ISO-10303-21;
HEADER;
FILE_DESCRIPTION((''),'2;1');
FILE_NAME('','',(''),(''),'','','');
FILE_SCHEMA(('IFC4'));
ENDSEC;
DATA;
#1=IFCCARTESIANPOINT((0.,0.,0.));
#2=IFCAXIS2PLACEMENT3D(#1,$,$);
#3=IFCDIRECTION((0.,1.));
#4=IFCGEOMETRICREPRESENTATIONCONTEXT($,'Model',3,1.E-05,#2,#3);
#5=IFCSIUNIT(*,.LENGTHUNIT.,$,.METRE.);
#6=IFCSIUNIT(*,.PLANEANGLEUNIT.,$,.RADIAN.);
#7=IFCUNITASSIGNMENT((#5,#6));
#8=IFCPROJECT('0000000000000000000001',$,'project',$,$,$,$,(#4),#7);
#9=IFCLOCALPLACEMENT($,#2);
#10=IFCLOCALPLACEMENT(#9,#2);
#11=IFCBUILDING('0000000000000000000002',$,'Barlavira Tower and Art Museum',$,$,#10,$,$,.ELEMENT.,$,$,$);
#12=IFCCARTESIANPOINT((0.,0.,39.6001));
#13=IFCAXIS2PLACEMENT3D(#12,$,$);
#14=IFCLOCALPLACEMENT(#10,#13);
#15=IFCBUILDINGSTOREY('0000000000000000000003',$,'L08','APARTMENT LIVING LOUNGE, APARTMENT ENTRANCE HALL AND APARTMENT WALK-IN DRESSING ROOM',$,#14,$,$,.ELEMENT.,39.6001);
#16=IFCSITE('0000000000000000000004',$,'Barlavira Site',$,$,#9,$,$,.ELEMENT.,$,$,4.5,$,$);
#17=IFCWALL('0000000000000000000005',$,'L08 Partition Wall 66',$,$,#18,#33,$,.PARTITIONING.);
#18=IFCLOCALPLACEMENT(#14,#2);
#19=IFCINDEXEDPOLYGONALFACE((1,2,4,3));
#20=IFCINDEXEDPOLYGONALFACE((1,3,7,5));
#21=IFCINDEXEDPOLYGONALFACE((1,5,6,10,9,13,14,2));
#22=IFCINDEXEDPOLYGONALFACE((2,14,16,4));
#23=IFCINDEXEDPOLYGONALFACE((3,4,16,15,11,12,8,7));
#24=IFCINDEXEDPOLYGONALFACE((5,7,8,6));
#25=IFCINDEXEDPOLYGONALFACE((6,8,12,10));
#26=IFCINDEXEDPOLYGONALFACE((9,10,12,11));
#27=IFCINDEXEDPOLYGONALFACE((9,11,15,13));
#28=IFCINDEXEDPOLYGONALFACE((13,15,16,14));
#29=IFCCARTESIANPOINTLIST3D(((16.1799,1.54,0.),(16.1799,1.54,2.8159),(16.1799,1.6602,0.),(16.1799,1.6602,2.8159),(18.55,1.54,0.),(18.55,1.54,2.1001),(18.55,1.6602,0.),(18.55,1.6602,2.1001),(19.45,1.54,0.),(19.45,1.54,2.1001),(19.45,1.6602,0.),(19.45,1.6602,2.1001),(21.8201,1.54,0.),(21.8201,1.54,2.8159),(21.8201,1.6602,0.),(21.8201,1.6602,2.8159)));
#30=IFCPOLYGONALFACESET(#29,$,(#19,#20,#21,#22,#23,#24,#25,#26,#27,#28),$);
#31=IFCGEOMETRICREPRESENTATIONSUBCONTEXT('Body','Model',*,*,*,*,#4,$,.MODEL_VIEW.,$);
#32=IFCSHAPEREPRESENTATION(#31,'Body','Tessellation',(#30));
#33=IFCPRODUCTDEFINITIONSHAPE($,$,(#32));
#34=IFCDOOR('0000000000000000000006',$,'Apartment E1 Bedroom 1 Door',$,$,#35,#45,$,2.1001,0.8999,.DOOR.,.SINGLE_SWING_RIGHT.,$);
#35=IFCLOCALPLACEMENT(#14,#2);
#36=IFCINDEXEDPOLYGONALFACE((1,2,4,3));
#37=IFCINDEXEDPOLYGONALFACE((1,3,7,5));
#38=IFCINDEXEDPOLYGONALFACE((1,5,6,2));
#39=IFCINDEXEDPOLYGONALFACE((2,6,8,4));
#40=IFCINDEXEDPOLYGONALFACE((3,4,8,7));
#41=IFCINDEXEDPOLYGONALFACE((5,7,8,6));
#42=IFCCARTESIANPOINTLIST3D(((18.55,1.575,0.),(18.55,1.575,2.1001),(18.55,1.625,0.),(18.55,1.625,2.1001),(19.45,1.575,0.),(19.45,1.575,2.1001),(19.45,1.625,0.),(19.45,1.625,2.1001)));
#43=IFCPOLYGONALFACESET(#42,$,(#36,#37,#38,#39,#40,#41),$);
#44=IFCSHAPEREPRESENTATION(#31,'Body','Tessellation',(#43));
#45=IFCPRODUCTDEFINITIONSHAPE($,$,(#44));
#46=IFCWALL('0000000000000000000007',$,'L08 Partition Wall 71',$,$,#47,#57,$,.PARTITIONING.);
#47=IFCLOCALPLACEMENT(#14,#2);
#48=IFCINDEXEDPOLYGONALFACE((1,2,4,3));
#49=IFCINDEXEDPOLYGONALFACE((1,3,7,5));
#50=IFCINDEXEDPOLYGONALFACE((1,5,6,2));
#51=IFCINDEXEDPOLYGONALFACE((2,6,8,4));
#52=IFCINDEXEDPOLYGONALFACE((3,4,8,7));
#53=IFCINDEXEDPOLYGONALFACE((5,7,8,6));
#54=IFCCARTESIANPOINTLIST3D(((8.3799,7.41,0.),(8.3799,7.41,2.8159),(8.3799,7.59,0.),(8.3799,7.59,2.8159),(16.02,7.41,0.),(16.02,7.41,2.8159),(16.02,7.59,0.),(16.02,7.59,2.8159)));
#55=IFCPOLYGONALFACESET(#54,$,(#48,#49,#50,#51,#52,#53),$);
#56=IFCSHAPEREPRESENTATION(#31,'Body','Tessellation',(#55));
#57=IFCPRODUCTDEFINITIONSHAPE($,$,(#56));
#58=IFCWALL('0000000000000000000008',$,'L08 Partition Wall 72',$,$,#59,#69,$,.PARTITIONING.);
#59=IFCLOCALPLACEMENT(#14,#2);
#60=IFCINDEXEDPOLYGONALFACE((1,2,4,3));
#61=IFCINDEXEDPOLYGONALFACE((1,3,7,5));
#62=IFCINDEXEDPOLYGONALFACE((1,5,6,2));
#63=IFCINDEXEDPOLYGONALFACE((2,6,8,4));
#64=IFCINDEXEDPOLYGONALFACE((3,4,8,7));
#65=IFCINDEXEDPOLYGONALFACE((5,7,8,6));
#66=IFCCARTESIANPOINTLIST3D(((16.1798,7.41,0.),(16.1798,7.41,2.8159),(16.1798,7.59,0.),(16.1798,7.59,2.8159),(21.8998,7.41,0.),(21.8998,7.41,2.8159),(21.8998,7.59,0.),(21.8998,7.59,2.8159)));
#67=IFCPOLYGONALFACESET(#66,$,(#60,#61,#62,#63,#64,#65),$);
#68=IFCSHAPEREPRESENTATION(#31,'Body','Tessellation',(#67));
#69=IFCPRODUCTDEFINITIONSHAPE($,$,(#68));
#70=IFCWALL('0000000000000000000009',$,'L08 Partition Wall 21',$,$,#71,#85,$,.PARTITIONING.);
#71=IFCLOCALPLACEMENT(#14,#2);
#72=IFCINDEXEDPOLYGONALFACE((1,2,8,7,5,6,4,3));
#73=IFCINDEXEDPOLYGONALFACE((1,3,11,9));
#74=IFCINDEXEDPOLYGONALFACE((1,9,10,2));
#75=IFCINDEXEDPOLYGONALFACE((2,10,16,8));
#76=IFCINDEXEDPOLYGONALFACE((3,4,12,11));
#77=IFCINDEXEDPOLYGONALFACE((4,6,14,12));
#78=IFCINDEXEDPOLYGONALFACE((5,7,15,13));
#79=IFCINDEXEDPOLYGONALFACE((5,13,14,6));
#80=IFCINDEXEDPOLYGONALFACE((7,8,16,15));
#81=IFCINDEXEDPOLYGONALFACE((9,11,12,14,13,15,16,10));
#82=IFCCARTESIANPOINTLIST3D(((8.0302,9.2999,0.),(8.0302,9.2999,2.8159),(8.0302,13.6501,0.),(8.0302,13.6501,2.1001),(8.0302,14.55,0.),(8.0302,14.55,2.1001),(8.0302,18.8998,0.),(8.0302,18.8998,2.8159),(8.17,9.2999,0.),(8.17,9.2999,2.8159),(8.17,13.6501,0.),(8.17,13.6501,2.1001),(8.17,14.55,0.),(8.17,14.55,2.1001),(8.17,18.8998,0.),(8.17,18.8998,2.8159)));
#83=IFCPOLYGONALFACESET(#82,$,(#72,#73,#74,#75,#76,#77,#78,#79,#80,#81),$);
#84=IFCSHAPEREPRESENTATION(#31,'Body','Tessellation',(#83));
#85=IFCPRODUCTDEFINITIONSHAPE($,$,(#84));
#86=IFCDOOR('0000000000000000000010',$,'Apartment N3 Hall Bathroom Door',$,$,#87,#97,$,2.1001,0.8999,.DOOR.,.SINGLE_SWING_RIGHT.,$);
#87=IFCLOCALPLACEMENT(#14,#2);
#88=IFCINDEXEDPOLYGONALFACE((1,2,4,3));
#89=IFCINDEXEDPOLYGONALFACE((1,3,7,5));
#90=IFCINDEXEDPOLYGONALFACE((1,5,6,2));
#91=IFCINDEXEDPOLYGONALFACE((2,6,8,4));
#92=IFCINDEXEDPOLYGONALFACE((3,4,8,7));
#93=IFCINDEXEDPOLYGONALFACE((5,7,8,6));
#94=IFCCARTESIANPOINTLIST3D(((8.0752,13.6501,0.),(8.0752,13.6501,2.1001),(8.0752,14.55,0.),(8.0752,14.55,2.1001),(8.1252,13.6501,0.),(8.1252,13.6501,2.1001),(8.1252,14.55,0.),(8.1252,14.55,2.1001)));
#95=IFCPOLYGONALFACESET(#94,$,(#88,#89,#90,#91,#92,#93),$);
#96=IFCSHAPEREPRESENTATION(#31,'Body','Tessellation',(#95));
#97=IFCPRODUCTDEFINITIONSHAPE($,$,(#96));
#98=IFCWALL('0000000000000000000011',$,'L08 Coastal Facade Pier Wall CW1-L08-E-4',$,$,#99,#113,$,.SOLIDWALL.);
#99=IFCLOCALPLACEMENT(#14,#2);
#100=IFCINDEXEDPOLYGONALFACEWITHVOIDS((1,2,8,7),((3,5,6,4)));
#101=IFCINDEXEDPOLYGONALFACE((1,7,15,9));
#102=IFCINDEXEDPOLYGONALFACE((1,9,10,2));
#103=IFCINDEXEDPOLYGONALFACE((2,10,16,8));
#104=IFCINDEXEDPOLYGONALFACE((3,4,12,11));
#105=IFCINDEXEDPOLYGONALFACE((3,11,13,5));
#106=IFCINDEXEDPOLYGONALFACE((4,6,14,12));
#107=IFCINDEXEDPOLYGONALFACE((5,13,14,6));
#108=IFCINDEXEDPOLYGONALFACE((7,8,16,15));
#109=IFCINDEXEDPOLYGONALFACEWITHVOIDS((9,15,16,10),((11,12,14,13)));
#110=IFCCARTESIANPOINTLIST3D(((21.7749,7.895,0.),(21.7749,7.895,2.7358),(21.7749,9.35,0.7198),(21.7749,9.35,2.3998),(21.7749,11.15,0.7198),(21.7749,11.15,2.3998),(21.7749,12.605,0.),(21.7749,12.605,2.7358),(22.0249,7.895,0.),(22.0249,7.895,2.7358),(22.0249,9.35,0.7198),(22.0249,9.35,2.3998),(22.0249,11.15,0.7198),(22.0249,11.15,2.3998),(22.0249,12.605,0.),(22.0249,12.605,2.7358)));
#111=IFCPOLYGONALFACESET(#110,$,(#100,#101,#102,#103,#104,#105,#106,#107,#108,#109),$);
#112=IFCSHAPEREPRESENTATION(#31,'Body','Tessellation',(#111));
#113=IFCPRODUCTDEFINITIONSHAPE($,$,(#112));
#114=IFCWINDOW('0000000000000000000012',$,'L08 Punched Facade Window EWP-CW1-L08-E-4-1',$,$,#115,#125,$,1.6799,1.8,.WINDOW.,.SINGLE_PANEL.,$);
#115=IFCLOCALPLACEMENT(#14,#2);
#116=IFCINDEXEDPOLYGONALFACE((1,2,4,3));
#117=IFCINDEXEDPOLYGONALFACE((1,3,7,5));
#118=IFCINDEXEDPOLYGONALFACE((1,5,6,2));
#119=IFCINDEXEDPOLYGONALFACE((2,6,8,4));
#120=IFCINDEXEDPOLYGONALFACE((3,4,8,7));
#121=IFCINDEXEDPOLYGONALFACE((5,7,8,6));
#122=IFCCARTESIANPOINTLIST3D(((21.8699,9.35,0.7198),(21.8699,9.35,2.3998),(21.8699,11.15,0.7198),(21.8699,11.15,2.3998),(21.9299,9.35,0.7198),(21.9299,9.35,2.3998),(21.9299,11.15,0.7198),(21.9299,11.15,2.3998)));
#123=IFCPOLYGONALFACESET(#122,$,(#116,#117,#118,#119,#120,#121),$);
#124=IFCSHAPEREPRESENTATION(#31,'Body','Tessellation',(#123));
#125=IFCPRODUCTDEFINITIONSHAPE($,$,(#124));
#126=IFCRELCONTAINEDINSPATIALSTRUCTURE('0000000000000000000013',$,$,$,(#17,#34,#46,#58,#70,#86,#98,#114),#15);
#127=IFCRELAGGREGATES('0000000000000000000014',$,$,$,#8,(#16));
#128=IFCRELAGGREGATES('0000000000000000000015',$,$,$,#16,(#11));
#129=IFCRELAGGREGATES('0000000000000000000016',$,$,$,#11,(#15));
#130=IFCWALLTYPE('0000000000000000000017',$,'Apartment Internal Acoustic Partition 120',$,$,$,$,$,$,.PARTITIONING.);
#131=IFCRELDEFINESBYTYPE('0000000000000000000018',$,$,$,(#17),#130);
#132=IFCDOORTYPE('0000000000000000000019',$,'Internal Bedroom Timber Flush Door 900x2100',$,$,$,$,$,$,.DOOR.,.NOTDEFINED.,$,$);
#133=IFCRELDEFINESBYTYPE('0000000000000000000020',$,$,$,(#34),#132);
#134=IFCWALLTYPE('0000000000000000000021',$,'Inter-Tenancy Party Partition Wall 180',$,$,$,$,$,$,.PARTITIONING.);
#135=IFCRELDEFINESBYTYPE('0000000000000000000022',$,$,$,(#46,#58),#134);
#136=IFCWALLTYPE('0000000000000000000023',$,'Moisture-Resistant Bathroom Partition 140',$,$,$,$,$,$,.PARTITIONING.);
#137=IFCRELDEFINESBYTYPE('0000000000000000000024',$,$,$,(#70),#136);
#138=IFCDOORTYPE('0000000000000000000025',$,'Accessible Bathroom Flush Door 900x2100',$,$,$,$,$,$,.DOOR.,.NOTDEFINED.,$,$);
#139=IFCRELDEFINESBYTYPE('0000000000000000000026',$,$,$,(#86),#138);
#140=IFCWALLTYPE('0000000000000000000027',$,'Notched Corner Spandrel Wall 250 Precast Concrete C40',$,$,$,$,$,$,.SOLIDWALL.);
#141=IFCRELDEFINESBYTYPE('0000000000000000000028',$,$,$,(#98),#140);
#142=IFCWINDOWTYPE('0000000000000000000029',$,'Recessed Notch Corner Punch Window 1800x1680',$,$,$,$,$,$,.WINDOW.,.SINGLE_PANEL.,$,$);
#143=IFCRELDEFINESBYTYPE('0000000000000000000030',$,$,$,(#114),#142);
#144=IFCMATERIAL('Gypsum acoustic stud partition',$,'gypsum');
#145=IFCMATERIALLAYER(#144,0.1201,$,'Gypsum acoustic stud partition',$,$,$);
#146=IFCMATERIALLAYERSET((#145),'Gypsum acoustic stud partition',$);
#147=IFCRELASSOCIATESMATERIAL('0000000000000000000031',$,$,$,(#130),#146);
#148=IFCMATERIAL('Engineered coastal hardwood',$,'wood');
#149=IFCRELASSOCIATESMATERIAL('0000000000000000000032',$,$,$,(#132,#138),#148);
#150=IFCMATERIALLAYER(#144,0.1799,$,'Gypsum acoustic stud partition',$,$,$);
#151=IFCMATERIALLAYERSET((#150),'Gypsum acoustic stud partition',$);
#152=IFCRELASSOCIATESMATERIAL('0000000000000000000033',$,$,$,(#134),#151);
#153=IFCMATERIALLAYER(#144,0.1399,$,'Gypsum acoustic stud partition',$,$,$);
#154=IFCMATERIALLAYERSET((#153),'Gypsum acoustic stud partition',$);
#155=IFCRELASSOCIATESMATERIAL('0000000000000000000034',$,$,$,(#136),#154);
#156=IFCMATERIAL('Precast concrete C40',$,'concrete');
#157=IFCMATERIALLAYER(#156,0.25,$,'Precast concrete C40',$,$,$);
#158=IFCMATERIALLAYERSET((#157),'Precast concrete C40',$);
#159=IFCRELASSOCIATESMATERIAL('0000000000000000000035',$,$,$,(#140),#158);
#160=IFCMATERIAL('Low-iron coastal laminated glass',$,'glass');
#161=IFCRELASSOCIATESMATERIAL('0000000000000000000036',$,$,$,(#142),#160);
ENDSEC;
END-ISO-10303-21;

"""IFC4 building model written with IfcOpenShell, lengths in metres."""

from ifc_helpers import new_model, si_unit, direction, frame, frame_2d, origin, place, context, subcontext, project, spatial, rectangle, extrude, material, layer, layer_set, type_object, element, fill, save


model = new_model("IFC4")

# Units and contexts
model_context = context("Model", 3, precision=1e-05, world=origin(), true_north=direction((0.0, 1.0)))
body_context = subcontext(model_context, "Body", "Model", "MODEL_VIEW")
ifc_project = project(units=[si_unit("LENGTHUNIT", "METRE"), si_unit("PLANEANGLEUNIT", "RADIAN")], contexts=[model_context])

# Site, building, storey
site_placement = place(None, origin())
site = spatial("IfcSite", under=ifc_project, at=site_placement, Name="Barlavira Site", CompositionType="ELEMENT", RefElevation=4.5)
building_placement = place(site_placement, origin())
building = spatial("IfcBuilding", under=site, at=building_placement, Name="Barlavira Tower and Art Museum", CompositionType="ELEMENT")
storey_placement = place(building_placement, frame((0.0, 0.0, 39.6001)))
storey = spatial("IfcBuildingStorey", under=building, at=storey_placement, Name="L08", Description="APARTMENT LIVING LOUNGE, APARTMENT ENTRANCE HALL AND APARTMENT WALK-IN DRESSING ROOM", CompositionType="ELEMENT", Elevation=39.6001)

# Shared definitions
ifc_material_1 = material(Name="Low-iron coastal laminated glass", Category="glass")

# Shared definitions
ifc_material_2 = material(Name="Gypsum acoustic stud partition", Category="gypsum")
ifc_layer_1 = layer(ifc_material_2, 0.1201, Name="Gypsum acoustic stud partition")
ifc_layer_set_1 = layer_set([ifc_layer_1], Name="Gypsum acoustic stud partition")
wall_type_1 = type_object("IfcWallType", Name="Apartment Internal Acoustic Partition 120", PredefinedType="PARTITIONING", material=ifc_layer_set_1)
ifc_material_3 = material(Name="Engineered coastal hardwood", Category="wood")
door_type_1 = type_object("IfcDoorType", Name="Internal Bedroom Timber Flush Door 900x2100", OperationType="NOTDEFINED", PredefinedType="DOOR", material=ifc_material_3)

# Wall, opening, door
wall_1_placement = place(storey_placement, frame((16.1799, 1.6001, 0.0), z_axis=(0.0, 0.0, 1.0), x_axis=(1.0, 0.0, 0.0)))
wall_1 = element("IfcWall", 1, at=wall_1_placement, inside=storey, type_object=wall_type_1, Name="L08 Partition Wall 66", PredefinedType="PARTITIONING", context=body_context, shape_type="SweptSolid", body=[
    extrude(rectangle(XDim=5.6401, YDim=0.1201, at=frame_2d((2.8201, 0.0))), origin(), (0.0, 0.0, 1.0), 2.8159),
])
opening_1_placement = place(wall_1_placement, frame((2.3701, 0.0, 0.0)))
opening_1 = element("IfcOpeningElement", 2, at=opening_1_placement, cuts=wall_1, PredefinedType="OPENING", context=body_context, shape_type="SweptSolid", body=[
    extrude(rectangle(XDim=0.8999, YDim=2.1001, at=frame_2d((0.45, 1.05))), frame((0.0, 0.0701, 0.0), z_axis=(0.0, -1.0, 0.0), x_axis=(1.0, 0.0, 0.0)), (0.0, 0.0, 1.0), 0.1401),
])
door_1_placement = place(opening_1_placement, origin())
door_1 = element("IfcDoor", 3, at=door_1_placement, inside=storey, type_object=door_type_1, Name="Apartment E1 Bedroom 1 Door", OperationType="SINGLE_SWING_RIGHT", OverallHeight=2.1001, OverallWidth=0.8999, PredefinedType="DOOR", context=body_context, shape_type="SweptSolid", body=[
    extrude(rectangle(XDim=0.8999, YDim=2.1001, at=frame_2d((0.45, 1.05))), frame((0.0, 0.0249, 0.0), z_axis=(0.0, -1.0, 0.0), x_axis=(1.0, 0.0, 0.0)), (0.0, 0.0, 1.0), 0.05),
])
fill(opening_1, door_1)

# Walls
ifc_layer_2 = layer(ifc_material_2, 0.1799, Name="Gypsum acoustic stud partition")
ifc_layer_set_2 = layer_set([ifc_layer_2], Name="Gypsum acoustic stud partition")
wall_type_2 = type_object("IfcWallType", Name="Inter-Tenancy Party Partition Wall 180", PredefinedType="PARTITIONING", material=ifc_layer_set_2)
wall_2_placement = place(storey_placement, frame((8.3799, 7.5, 0.0), z_axis=(0.0, 0.0, 1.0), x_axis=(1.0, 0.0, 0.0)))
element("IfcWall", 4, at=wall_2_placement, inside=storey, type_object=wall_type_2, Name="L08 Partition Wall 71", PredefinedType="PARTITIONING", context=body_context, shape_type="SweptSolid", body=[
    extrude(rectangle(XDim=7.6401, YDim=0.1799, at=frame_2d((3.8201, 0.0))), origin(), (0.0, 0.0, 1.0), 2.8159),
])
wall_3_placement = place(storey_placement, frame((16.1799, 7.5, 0.0), z_axis=(0.0, 0.0, 1.0), x_axis=(1.0, 0.0, 0.0)))
element("IfcWall", 5, at=wall_3_placement, inside=storey, type_object=wall_type_2, Name="L08 Partition Wall 72", PredefinedType="PARTITIONING", context=body_context, shape_type="SweptSolid", body=[
    extrude(rectangle(XDim=5.72, YDim=0.1799, at=frame_2d((2.8599, 0.0))), origin(), (0.0, 0.0, 1.0), 2.8159),
])

# Wall, opening, door
ifc_layer_3 = layer(ifc_material_2, 0.1399, Name="Gypsum acoustic stud partition")
ifc_layer_set_3 = layer_set([ifc_layer_3], Name="Gypsum acoustic stud partition")
wall_type_3 = type_object("IfcWallType", Name="Moisture-Resistant Bathroom Partition 140", PredefinedType="PARTITIONING", material=ifc_layer_set_3)
wall_4_placement = place(storey_placement, frame((8.1001, 9.3, 0.0), z_axis=(0.0, 0.0, 1.0), x_axis=(0.0, 1.0, 0.0)))
wall_4 = element("IfcWall", 6, at=wall_4_placement, inside=storey, type_object=wall_type_3, Name="L08 Partition Wall 21", PredefinedType="PARTITIONING", context=body_context, shape_type="SweptSolid", body=[
    extrude(rectangle(XDim=9.5999, YDim=0.1399, at=frame_2d((4.7998, 0.0))), origin(), (0.0, 0.0, 1.0), 2.8159),
])
opening_2_placement = place(wall_4_placement, frame((4.3501, 0.0, 0.0)))
opening_2 = element("IfcOpeningElement", 7, at=opening_2_placement, cuts=wall_4, PredefinedType="OPENING", context=body_context, shape_type="SweptSolid", body=[
    extrude(rectangle(XDim=0.8999, YDim=2.1001, at=frame_2d((0.45, 1.05))), frame((0.0, 0.0801, 0.0), z_axis=(0.0, -1.0, 0.0), x_axis=(1.0, 0.0, 0.0)), (0.0, 0.0, 1.0), 0.1599),
])
door_type_2 = type_object("IfcDoorType", Name="Accessible Bathroom Flush Door 900x2100", OperationType="NOTDEFINED", PredefinedType="DOOR", material=ifc_material_3)
door_2_placement = place(opening_2_placement, origin())
door_2 = element("IfcDoor", 8, at=door_2_placement, inside=storey, type_object=door_type_2, Name="Apartment N3 Hall Bathroom Door", OperationType="SINGLE_SWING_RIGHT", OverallHeight=2.1001, OverallWidth=0.8999, PredefinedType="DOOR", context=body_context, shape_type="SweptSolid", body=[
    extrude(rectangle(XDim=0.8999, YDim=2.1001, at=frame_2d((0.45, 1.05))), frame((0.0, 0.0249, 0.0), z_axis=(0.0, -1.0, 0.0), x_axis=(1.0, 0.0, 0.0)), (0.0, 0.0, 1.0), 0.05),
])
fill(opening_2, door_2)

# Wall, opening, window
ifc_material_4 = material(Name="Precast concrete C40", Category="concrete")
ifc_layer_4 = layer(ifc_material_4, 0.25, Name="Precast concrete C40")
ifc_layer_set_4 = layer_set([ifc_layer_4], Name="Precast concrete C40")
wall_type_4 = type_object("IfcWallType", Name="Notched Corner Spandrel Wall 250 Precast Concrete C40", PredefinedType="SOLIDWALL", material=ifc_layer_set_4)
wall_5_placement = place(storey_placement, frame((21.8999, 7.895, 0.0), z_axis=(0.0, 0.0, 1.0), x_axis=(0.0, 1.0, 0.0)))
wall_5 = element("IfcWall", 9, at=wall_5_placement, inside=storey, type_object=wall_type_4, Name="L08 Coastal Facade Pier Wall CW1-L08-E-4", PredefinedType="SOLIDWALL", context=body_context, shape_type="SweptSolid", body=[
    extrude(rectangle(XDim=4.71, YDim=0.25, at=frame_2d((2.355, 0.0))), origin(), (0.0, 0.0, 1.0), 2.7358),
])
opening_3_placement = place(wall_5_placement, frame((1.4551, 0.0, 0.72)))
opening_3 = element("IfcOpeningElement", 10, at=opening_3_placement, cuts=wall_5, PredefinedType="OPENING", context=body_context, shape_type="SweptSolid", body=[
    extrude(rectangle(XDim=1.8, YDim=1.6799, at=frame_2d((0.8999, 0.8398))), frame((0.0, 0.135, 0.0), z_axis=(0.0, -1.0, 0.0), x_axis=(1.0, 0.0, 0.0)), (0.0, 0.0, 1.0), 0.27),
])
window_type = type_object("IfcWindowType", Name="Recessed Notch Corner Punch Window 1800x1680", PartitioningType="SINGLE_PANEL", PredefinedType="WINDOW", material=ifc_material_1)
window_placement = place(opening_3_placement, origin())
window = element("IfcWindow", 11, at=window_placement, inside=storey, type_object=window_type, Name="L08 Punched Facade Window EWP-CW1-L08-E-4-1", OverallHeight=1.6799, OverallWidth=1.8, PartitioningType="SINGLE_PANEL", PredefinedType="WINDOW", context=body_context, shape_type="SweptSolid", body=[
    extrude(rectangle(XDim=1.8, YDim=1.6799, at=frame_2d((0.8999, 0.8398))), frame((0.0, 0.03, 0.0), z_axis=(0.0, -1.0, 0.0), x_axis=(1.0, 0.0, 0.0)), (0.0, 0.0, 1.0), 0.0601),
])
fill(opening_3, window)

save(model, "model.ifc")
